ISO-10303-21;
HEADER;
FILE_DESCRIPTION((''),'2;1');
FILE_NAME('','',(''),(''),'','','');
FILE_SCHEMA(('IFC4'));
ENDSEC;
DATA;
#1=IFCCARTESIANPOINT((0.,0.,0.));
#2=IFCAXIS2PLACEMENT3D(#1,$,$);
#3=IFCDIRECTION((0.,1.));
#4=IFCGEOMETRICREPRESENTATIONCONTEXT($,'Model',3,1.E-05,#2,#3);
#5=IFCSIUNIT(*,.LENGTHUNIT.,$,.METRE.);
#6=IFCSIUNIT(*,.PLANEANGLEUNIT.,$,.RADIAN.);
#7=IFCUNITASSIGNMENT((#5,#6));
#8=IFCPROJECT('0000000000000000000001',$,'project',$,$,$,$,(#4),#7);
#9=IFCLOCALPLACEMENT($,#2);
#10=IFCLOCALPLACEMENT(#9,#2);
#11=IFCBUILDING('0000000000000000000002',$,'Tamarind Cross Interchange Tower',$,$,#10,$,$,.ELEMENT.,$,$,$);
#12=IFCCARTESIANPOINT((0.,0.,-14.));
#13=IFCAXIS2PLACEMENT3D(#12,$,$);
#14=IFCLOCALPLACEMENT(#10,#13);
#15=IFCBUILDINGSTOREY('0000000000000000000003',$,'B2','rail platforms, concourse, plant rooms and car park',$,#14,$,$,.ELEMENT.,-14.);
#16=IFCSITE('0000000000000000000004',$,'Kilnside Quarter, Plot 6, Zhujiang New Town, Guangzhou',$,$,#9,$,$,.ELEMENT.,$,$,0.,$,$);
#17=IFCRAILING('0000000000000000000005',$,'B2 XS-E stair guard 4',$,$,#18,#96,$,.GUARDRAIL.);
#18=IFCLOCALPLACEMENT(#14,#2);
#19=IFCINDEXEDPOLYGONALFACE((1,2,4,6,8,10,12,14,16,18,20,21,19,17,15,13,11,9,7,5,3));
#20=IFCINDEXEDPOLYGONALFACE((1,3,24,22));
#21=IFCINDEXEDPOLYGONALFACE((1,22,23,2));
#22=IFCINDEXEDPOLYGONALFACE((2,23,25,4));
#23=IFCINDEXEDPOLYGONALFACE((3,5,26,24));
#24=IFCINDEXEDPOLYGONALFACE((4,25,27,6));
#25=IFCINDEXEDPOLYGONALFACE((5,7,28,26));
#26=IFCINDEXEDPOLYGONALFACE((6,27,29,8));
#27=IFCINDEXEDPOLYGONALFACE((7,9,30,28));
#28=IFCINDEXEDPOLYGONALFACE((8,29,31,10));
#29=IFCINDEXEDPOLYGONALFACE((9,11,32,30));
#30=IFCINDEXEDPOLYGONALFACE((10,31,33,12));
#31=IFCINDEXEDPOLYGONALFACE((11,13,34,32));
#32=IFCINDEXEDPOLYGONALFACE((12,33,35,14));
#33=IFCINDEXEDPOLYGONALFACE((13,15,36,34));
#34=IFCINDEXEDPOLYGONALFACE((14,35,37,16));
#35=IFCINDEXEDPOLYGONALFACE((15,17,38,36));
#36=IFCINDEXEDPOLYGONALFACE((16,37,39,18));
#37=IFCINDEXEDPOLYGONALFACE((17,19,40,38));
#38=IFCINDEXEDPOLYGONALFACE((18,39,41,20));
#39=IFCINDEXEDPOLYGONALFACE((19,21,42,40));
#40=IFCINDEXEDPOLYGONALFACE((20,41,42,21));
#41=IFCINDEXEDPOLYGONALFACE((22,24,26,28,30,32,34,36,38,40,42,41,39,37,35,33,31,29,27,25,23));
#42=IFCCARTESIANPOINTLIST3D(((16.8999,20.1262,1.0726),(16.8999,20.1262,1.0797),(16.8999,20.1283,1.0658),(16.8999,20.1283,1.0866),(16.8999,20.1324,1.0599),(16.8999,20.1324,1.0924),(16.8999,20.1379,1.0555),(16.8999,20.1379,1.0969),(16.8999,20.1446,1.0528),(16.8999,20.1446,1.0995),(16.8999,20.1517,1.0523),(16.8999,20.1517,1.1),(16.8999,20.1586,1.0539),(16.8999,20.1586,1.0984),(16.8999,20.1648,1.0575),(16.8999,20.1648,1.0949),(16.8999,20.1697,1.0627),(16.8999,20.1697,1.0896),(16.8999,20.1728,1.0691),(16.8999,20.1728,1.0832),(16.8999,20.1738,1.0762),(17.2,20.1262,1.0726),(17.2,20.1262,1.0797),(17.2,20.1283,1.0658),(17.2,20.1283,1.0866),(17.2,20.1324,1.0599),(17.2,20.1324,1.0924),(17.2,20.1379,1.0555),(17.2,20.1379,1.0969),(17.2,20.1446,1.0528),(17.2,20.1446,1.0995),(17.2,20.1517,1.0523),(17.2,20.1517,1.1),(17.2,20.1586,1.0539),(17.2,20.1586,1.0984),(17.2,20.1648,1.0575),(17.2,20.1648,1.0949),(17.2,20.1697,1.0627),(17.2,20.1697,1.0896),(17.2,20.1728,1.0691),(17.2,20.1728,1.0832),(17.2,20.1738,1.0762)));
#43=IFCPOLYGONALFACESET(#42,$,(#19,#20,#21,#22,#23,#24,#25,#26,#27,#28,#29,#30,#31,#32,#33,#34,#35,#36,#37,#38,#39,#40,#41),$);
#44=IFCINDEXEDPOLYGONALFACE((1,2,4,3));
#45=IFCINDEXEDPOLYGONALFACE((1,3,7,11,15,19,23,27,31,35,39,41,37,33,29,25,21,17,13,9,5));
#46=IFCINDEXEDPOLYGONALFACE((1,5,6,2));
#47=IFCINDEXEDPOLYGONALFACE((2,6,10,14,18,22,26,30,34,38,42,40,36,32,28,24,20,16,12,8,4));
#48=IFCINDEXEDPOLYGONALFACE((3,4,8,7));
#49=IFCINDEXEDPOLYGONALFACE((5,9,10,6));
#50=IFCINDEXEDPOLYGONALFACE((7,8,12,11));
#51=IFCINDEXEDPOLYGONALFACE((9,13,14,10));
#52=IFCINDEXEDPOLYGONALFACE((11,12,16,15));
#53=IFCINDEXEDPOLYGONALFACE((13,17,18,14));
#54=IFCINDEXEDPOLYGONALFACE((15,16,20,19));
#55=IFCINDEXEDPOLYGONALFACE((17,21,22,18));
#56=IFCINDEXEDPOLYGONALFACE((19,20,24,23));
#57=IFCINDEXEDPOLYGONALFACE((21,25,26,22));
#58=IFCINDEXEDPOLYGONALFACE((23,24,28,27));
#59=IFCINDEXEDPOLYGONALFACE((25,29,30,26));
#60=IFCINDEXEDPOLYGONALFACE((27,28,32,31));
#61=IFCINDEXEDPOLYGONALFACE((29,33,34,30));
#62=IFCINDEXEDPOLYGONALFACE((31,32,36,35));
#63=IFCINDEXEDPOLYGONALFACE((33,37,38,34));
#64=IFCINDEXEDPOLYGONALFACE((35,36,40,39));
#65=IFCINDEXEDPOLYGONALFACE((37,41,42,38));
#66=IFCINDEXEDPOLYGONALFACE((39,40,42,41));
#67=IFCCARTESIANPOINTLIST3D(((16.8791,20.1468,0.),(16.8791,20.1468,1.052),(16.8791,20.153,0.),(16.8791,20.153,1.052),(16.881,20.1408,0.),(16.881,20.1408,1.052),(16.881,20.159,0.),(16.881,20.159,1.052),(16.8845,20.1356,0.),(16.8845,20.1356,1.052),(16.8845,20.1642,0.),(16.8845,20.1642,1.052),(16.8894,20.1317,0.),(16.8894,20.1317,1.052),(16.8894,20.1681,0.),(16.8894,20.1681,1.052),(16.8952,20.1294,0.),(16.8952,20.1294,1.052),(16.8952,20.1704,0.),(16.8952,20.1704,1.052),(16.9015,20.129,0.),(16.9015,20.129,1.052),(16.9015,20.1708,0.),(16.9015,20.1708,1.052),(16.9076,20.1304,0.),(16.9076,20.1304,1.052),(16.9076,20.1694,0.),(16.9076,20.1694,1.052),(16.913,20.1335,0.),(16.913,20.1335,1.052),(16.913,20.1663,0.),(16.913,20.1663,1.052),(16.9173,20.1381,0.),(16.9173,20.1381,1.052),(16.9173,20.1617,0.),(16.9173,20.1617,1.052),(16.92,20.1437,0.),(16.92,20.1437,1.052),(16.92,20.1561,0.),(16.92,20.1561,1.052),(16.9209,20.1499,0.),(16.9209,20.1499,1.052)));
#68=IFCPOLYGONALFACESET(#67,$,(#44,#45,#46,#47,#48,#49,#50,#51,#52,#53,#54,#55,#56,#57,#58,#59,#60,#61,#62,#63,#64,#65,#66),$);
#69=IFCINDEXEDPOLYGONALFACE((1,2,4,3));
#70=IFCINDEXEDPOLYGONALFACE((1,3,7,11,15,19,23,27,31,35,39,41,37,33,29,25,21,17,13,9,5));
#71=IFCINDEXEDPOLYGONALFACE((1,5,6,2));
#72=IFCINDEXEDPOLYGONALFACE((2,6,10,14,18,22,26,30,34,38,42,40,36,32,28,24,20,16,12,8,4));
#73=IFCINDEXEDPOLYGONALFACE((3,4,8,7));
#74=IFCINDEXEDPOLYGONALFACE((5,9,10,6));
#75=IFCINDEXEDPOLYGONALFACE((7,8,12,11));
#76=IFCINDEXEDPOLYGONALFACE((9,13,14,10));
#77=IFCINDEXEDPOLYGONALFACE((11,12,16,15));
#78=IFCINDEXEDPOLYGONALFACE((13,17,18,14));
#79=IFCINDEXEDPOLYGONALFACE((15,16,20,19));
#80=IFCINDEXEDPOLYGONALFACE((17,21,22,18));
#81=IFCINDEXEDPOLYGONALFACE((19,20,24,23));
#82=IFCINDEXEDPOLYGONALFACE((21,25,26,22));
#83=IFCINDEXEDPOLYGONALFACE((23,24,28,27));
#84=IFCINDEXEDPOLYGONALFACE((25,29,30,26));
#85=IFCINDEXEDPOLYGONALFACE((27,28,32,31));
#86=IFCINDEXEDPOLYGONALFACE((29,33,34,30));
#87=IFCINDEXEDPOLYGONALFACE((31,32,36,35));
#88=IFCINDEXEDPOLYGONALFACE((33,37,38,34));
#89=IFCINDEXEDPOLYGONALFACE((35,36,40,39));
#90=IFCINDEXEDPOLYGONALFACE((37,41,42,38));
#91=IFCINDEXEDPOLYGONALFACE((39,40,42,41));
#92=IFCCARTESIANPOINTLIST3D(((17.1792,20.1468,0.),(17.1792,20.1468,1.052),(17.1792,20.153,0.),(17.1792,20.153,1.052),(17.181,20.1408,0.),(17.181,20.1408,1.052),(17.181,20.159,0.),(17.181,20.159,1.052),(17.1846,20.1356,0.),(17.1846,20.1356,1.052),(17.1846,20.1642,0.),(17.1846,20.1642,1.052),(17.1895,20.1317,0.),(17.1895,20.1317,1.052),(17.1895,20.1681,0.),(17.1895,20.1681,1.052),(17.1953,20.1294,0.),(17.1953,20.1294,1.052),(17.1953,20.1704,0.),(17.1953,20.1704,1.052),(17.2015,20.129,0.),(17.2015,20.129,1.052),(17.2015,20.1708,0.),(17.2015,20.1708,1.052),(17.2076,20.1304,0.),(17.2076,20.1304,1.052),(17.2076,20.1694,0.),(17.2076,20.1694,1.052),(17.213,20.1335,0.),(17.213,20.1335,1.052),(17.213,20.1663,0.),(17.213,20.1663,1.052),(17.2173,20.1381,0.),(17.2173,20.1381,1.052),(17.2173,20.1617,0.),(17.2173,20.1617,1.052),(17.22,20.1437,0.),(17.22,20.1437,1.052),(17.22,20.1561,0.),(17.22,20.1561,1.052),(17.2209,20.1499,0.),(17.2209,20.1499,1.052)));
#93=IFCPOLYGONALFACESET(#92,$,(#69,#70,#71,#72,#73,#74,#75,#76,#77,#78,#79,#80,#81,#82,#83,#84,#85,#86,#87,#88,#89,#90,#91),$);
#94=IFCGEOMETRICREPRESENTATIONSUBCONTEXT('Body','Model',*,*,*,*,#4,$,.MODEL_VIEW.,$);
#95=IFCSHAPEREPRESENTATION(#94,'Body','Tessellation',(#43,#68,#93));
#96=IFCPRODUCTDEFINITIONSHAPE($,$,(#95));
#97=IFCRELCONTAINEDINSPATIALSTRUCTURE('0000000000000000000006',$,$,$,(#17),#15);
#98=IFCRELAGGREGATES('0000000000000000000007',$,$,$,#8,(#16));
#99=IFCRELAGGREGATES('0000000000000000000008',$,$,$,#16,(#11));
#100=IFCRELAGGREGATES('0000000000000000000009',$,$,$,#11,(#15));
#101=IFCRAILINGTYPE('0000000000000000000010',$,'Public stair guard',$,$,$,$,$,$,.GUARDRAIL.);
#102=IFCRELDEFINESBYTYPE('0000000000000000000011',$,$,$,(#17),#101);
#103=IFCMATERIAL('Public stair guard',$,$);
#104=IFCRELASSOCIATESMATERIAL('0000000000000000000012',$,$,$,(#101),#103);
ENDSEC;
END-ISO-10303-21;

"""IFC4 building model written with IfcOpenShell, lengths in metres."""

from ifc_helpers import new_model, si_unit, direction, frame, origin, origin_2d, place, context, subcontext, project, spatial, circle, extrude, material, type_object, element, save


model = new_model("IFC4")

# Units and contexts
model_context = context("Model", 3, precision=1e-05, world=origin(), true_north=direction((0.0, 1.0)))
body_context = subcontext(model_context, "Body", "Model", "MODEL_VIEW")
ifc_project = project(units=[si_unit("LENGTHUNIT", "METRE"), si_unit("PLANEANGLEUNIT", "RADIAN")], contexts=[model_context])

# Site, building, storey
site_placement = place(None, origin())
site = spatial("IfcSite", under=ifc_project, at=site_placement, Name="Kilnside Quarter, Plot 6, Zhujiang New Town, Guangzhou", CompositionType="ELEMENT", RefElevation=0.0)
building_placement = place(site_placement, origin())
building = spatial("IfcBuilding", under=site, at=building_placement, Name="Tamarind Cross Interchange Tower", CompositionType="ELEMENT")
storey_placement = place(building_placement, frame((0.0, 0.0, -14.0)))
storey = spatial("IfcBuildingStorey", under=building, at=storey_placement, Name="B2", Description="rail platforms, concourse, plant rooms and car park", CompositionType="ELEMENT", Elevation=-14.0)

# Railing
ifc_material_1 = material(Name="Public stair guard")
railing_type_1 = type_object("IfcRailingType", Name="Public stair guard", PredefinedType="GUARDRAIL", material=ifc_material_1)
railing_1_placement = place(storey_placement, frame((16.8999, 20.1499, 0.0)))
element("IfcRailing", 1, at=railing_1_placement, inside=storey, type_object=railing_type_1, Name="B2 XS-E stair guard 4", PredefinedType="GUARDRAIL", context=body_context, shape_type="SweptSolid", body=[
    extrude(circle(Radius=0.0239, at=origin_2d()), frame((0.0, 0.0, 1.0762), z_axis=(1.0, 0.0, 0.0), x_axis=(0.0, 1.0, 0.0)), (0.0, 0.0, 1.0), 0.3),
    extrude(circle(Radius=0.021, at=origin_2d()), origin(), (0.0, 0.0, 1.0), 1.052),
    extrude(circle(Radius=0.021, at=origin_2d()), frame((0.3, 0.0, 0.0)), (0.0, 0.0, 1.0), 1.052),
])

save(model, "model.ifc")
